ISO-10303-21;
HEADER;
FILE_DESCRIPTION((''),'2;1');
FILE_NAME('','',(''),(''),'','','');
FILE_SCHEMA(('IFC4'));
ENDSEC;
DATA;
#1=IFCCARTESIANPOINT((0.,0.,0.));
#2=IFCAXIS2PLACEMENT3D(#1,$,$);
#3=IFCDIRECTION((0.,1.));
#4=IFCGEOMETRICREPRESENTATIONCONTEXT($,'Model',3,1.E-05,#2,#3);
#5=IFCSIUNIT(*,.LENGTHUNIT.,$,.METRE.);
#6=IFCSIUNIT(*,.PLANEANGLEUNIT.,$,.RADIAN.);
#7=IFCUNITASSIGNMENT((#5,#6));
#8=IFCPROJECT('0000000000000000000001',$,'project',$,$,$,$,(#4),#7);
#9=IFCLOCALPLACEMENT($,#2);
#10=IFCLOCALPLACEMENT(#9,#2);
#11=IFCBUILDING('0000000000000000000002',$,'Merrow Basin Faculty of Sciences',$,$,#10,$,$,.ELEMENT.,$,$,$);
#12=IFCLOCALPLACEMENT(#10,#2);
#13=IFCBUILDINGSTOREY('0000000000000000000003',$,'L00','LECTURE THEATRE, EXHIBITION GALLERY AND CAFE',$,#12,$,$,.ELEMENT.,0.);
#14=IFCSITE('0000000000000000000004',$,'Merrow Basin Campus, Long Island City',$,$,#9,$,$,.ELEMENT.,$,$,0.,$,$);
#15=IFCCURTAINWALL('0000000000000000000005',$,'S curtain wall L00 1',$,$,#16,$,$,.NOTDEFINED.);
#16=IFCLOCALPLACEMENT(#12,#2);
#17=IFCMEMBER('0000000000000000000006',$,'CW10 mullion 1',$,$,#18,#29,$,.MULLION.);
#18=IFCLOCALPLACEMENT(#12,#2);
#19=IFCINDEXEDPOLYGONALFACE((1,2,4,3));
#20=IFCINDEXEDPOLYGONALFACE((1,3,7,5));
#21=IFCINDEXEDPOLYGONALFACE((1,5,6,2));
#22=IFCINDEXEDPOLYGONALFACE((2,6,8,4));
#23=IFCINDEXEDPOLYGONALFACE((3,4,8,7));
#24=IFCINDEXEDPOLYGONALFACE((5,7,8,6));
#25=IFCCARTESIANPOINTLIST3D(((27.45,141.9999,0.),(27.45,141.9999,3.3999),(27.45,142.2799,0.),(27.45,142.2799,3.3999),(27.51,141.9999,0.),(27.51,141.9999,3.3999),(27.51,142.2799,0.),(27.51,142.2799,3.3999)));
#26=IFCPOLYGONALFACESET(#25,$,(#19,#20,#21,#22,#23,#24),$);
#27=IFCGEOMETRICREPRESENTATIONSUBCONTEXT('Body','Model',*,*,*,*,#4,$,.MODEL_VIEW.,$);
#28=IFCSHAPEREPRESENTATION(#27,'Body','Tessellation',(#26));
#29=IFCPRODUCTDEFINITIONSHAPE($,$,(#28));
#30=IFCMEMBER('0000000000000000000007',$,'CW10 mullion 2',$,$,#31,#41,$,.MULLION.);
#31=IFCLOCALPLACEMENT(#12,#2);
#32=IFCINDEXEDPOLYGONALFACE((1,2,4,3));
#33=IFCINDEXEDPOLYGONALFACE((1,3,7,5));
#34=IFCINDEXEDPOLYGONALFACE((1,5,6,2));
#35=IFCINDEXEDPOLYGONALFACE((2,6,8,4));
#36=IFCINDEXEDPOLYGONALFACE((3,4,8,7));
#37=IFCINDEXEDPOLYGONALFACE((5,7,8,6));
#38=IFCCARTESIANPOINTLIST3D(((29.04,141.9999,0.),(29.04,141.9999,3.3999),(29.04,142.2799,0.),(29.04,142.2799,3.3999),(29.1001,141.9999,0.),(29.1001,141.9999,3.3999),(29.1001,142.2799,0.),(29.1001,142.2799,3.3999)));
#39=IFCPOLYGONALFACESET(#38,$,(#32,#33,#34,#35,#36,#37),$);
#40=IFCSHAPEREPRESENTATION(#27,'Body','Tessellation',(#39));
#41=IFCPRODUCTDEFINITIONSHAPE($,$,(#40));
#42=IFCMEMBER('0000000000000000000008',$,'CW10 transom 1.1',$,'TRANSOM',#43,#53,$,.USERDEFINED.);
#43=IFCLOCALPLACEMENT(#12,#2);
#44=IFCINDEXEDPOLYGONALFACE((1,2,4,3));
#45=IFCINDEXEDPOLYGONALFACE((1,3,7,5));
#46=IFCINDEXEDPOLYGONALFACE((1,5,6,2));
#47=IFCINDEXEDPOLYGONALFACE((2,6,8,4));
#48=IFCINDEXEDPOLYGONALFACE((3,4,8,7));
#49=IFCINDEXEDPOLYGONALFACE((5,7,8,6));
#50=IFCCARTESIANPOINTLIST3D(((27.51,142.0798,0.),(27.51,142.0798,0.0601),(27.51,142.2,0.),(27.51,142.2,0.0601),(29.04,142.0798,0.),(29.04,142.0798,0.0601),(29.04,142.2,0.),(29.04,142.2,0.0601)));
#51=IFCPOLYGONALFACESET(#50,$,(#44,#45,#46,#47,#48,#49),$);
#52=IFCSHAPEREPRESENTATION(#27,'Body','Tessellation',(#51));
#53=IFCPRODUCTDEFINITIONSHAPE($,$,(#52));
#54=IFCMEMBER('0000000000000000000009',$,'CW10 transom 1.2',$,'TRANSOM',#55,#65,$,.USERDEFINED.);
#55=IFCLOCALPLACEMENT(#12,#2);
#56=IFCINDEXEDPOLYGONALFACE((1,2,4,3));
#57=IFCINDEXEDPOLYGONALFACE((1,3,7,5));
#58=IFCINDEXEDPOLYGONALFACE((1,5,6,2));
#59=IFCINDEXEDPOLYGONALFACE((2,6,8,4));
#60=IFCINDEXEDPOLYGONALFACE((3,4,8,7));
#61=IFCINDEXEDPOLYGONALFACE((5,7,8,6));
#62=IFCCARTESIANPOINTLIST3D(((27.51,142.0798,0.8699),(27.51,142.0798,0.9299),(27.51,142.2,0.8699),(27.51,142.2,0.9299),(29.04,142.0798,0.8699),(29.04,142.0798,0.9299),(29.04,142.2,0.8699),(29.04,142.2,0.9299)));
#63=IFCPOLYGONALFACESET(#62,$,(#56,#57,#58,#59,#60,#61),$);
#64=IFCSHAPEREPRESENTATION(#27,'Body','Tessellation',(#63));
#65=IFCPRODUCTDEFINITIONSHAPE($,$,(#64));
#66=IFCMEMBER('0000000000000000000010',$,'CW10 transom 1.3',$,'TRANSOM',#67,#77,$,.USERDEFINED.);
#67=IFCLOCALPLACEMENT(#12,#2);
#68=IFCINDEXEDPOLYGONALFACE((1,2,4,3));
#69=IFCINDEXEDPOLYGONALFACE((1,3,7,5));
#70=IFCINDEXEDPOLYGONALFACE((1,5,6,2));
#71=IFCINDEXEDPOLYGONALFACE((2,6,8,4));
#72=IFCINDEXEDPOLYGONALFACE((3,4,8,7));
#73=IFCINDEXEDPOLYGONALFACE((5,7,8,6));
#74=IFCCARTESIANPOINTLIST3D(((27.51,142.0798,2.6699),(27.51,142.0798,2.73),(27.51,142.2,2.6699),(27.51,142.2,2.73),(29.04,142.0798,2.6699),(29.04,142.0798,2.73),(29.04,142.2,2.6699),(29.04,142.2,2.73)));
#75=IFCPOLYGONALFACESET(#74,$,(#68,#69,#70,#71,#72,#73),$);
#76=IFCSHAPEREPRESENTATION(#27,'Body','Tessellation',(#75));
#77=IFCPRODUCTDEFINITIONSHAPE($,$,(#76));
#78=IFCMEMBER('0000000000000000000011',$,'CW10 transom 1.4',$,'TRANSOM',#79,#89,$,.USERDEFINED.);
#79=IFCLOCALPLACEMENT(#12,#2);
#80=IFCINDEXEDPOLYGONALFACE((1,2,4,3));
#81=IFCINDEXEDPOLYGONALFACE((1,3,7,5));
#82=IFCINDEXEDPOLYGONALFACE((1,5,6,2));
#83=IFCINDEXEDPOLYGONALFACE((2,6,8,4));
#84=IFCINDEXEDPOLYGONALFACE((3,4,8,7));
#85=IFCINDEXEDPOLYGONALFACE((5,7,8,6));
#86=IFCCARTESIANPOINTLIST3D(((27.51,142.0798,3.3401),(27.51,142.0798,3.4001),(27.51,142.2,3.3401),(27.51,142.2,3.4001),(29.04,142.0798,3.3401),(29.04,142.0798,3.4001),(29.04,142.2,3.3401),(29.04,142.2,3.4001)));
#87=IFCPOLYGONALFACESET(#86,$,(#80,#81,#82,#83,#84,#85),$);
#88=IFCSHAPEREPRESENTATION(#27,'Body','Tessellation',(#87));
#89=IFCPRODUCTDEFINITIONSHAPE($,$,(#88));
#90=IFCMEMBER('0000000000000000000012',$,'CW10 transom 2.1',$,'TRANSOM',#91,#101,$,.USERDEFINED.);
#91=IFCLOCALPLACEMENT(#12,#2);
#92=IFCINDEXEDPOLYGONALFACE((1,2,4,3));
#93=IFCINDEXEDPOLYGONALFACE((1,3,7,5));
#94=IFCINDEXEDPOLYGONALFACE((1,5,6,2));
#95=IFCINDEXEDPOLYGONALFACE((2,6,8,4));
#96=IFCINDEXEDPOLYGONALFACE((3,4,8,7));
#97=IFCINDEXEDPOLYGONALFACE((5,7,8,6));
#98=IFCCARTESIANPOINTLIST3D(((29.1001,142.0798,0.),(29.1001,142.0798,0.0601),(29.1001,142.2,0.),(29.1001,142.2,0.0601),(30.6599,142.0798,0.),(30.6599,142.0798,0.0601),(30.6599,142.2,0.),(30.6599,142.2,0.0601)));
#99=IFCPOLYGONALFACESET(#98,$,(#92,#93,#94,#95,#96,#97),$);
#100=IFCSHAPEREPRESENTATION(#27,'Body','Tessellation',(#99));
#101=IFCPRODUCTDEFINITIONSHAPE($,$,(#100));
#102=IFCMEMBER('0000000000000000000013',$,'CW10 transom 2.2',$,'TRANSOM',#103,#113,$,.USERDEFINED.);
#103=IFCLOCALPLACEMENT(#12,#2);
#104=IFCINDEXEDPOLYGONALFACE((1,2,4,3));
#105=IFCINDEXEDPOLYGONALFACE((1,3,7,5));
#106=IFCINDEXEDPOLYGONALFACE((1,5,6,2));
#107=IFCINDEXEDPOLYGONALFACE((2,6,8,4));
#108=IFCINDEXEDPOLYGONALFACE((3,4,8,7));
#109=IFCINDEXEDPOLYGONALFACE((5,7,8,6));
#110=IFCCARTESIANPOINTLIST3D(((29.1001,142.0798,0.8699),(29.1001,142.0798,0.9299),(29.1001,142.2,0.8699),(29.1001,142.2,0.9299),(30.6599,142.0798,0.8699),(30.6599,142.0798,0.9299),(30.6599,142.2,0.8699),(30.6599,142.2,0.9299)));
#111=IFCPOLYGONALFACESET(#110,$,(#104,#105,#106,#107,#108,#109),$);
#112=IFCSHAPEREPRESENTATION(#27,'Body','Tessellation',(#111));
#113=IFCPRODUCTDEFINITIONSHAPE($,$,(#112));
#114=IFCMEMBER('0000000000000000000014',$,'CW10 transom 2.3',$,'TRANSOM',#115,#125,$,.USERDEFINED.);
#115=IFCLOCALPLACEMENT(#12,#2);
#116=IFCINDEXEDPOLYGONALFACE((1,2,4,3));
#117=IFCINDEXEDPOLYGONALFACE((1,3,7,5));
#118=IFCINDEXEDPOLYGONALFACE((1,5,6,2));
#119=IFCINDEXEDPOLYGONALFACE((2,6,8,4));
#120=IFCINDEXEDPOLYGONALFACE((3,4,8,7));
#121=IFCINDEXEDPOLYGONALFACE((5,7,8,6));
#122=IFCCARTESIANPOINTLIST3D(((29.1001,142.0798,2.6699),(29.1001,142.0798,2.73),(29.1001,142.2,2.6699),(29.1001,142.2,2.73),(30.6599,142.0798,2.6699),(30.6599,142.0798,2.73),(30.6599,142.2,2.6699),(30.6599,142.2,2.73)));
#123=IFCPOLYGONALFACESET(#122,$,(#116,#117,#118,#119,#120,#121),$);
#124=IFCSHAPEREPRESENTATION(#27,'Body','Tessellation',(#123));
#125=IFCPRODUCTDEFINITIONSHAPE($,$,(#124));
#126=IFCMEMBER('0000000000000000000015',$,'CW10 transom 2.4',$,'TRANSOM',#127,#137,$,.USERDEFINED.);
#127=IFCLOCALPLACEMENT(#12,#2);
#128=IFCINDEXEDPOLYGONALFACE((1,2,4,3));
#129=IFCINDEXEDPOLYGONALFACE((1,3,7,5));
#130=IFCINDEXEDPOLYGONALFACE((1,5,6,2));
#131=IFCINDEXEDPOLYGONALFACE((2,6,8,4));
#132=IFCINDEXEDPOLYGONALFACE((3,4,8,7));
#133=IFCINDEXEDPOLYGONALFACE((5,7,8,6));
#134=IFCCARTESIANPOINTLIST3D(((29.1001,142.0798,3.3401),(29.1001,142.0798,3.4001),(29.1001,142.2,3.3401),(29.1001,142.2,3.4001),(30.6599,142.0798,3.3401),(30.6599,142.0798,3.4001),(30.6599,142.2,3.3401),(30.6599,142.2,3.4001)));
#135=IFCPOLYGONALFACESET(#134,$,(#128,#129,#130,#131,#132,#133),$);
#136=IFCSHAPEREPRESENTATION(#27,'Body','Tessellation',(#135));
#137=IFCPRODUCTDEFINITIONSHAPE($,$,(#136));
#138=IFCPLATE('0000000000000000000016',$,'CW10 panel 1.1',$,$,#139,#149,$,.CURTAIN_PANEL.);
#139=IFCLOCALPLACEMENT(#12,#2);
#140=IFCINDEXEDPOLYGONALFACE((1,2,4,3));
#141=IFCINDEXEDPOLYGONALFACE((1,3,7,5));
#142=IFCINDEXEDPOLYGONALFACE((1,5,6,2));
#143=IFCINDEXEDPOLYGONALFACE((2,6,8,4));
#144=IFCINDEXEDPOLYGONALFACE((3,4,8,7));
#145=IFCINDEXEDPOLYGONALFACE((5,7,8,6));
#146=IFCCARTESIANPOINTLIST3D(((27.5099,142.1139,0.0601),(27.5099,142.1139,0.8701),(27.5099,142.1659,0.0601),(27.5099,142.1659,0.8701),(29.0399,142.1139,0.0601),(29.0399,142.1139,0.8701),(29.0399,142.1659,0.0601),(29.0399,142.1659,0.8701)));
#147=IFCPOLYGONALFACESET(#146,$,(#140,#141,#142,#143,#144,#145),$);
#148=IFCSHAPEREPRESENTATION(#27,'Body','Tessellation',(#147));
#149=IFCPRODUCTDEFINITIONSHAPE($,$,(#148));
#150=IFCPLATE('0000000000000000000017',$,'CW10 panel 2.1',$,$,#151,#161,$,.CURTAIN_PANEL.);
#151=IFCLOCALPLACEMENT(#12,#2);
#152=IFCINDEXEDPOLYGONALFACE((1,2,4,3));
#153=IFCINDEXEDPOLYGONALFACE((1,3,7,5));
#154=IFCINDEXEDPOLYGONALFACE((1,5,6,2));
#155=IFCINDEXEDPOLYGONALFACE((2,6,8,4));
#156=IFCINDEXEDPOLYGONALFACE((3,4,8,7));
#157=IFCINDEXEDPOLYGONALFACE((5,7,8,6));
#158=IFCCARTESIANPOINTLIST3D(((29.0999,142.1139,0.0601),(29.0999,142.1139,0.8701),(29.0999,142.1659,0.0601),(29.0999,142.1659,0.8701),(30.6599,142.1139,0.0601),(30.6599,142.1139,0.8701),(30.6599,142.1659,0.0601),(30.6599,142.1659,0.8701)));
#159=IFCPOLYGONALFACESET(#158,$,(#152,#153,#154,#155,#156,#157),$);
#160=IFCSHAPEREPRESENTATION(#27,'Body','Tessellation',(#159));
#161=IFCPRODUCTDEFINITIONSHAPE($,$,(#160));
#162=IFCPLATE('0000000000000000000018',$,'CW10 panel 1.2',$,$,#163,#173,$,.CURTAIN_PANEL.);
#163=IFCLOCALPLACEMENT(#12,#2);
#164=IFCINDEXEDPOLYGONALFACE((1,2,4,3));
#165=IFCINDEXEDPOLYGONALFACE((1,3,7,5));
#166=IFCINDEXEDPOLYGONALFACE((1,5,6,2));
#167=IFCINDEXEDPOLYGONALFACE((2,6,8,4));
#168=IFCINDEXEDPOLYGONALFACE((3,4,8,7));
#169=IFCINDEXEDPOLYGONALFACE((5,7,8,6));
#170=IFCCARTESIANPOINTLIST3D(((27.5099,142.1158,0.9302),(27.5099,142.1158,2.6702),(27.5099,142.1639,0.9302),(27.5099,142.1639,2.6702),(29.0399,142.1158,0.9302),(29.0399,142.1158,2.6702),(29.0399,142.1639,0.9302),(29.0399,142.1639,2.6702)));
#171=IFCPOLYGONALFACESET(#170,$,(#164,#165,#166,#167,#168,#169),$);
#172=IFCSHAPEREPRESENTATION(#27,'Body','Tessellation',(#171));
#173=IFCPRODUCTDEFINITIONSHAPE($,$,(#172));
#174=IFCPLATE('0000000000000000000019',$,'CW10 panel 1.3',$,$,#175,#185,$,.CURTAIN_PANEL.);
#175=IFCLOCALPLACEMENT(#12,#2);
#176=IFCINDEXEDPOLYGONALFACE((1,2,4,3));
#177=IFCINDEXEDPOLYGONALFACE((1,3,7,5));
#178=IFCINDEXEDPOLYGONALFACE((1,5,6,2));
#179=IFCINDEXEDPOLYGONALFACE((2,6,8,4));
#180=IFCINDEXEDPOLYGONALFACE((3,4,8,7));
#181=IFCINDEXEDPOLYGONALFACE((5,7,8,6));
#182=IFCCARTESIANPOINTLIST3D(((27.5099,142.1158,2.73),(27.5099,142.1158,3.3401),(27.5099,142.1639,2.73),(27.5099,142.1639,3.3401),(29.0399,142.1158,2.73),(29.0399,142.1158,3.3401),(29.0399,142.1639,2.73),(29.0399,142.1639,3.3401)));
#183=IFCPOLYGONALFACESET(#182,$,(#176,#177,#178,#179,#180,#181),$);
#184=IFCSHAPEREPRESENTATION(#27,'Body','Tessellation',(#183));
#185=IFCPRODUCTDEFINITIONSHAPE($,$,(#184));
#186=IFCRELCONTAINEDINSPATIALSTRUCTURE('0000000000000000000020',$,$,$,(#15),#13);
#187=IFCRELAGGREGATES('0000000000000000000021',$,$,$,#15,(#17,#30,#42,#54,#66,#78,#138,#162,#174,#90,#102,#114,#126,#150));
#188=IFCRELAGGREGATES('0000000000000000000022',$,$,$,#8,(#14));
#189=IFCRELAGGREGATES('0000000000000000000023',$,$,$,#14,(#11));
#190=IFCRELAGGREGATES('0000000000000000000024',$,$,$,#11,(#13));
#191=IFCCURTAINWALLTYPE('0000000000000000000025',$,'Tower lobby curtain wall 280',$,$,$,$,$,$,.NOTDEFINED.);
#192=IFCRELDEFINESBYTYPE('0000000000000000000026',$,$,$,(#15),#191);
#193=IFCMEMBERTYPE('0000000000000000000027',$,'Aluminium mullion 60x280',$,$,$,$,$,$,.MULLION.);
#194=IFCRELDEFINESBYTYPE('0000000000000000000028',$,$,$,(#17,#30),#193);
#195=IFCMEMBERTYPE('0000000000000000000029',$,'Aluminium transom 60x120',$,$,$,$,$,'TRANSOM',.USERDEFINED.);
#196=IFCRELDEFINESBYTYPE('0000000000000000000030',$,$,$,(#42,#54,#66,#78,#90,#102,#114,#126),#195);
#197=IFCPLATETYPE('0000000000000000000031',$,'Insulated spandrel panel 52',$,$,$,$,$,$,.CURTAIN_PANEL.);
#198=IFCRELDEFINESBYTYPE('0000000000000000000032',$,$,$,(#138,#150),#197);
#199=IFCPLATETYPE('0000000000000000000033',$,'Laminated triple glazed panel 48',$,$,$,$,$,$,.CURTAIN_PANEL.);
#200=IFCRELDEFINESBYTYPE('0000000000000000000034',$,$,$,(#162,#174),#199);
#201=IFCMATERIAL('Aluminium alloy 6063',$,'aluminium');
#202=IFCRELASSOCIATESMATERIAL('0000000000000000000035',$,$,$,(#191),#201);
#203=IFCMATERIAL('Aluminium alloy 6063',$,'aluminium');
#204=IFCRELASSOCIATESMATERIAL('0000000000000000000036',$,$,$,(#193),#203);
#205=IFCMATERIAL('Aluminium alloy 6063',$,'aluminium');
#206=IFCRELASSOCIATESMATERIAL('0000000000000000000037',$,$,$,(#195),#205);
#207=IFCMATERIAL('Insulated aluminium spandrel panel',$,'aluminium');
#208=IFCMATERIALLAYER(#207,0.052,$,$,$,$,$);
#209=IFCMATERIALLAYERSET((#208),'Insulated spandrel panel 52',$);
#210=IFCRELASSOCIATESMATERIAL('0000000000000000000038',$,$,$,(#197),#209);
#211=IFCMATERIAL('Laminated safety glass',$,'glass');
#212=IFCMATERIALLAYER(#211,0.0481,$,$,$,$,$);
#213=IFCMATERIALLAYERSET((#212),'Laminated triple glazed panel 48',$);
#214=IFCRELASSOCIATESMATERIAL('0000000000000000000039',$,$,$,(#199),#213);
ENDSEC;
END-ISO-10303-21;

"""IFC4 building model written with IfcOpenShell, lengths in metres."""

from ifc_helpers import new_model, si_unit, direction, frame, origin, origin_2d, place, context, subcontext, project, spatial, rectangle, extrude, material, layer, layer_set, material_profile, profile_set, type_object, element, aggregate, save


model = new_model("IFC4")

# Units and contexts
model_context = context("Model", 3, precision=1e-05, world=origin(), true_north=direction((0.0, 1.0)))
body_context = subcontext(model_context, "Body", "Model", "MODEL_VIEW")
ifc_project = project(units=[si_unit("LENGTHUNIT", "METRE"), si_unit("PLANEANGLEUNIT", "RADIAN")], contexts=[model_context])

# Site, building, storey
site_placement = place(None, origin())
site = spatial("IfcSite", under=ifc_project, at=site_placement, Name="Merrow Basin Campus, Long Island City", CompositionType="ELEMENT", RefElevation=0.0)
building_placement = place(site_placement, origin())
building = spatial("IfcBuilding", under=site, at=building_placement, Name="Merrow Basin Faculty of Sciences", CompositionType="ELEMENT")
storey_placement = place(building_placement, origin())
storey = spatial("IfcBuildingStorey", under=building, at=storey_placement, Name="L00", Description="LECTURE THEATRE, EXHIBITION GALLERY AND CAFE", CompositionType="ELEMENT", Elevation=0.0)

# Curtain wall, members, plates
ifc_material_1 = material(Name="Aluminium alloy 6063", Category="aluminium")
curtain_wall_type = type_object("IfcCurtainWallType", Name="Tower lobby curtain wall 280", PredefinedType="NOTDEFINED", material=ifc_material_1)
curtain_wall_placement = place(storey_placement, origin())
curtain_wall = element("IfcCurtainWall", 1, at=curtain_wall_placement, inside=storey, type_object=curtain_wall_type, Name="S curtain wall L00 1", PredefinedType="NOTDEFINED")
ifc_material_2 = material(Name="Aluminium alloy 6063", Category="aluminium")
ifc_material_profile_1 = material_profile(ifc_material_2, rectangle(XDim=0.28, YDim=0.0601, at=origin_2d()))
ifc_profile_set_1 = profile_set([ifc_material_profile_1], Name="Aluminium alloy 6063")
member_type_1 = type_object("IfcMemberType", Name="Aluminium mullion 60x280", PredefinedType="MULLION", material=ifc_profile_set_1)
member_1_placement = place(storey_placement, frame((27.48, 142.1399, 0.0), z_axis=(0.0, 0.0, 1.0), x_axis=(0.0, 1.0, 0.0)))
member_1 = element("IfcMember", 2, at=member_1_placement, type_object=member_type_1, Name="CW10 mullion 1", PredefinedType="MULLION", context=body_context, shape_type="SweptSolid", body=[
    extrude(rectangle(XDim=0.28, YDim=0.0601, at=origin_2d()), origin(), (0.0, 0.0, 1.0), 3.3999),
])
member_2_placement = place(storey_placement, frame((29.0701, 142.1399, 0.0), z_axis=(0.0, 0.0, 1.0), x_axis=(0.0, 1.0, 0.0)))
member_2 = element("IfcMember", 3, at=member_2_placement, type_object=member_type_1, Name="CW10 mullion 2", PredefinedType="MULLION", context=body_context, shape_type="SweptSolid", body=[
    extrude(rectangle(XDim=0.28, YDim=0.0601, at=origin_2d()), origin(), (0.0, 0.0, 1.0), 3.3999),
])
ifc_material_3 = material(Name="Aluminium alloy 6063", Category="aluminium")
ifc_material_profile_2 = material_profile(ifc_material_3, rectangle(XDim=0.1201, YDim=0.0601, at=origin_2d()))
ifc_profile_set_2 = profile_set([ifc_material_profile_2], Name="Aluminium alloy 6063")
member_type_2 = type_object("IfcMemberType", Name="Aluminium transom 60x120", ElementType="TRANSOM", PredefinedType="USERDEFINED", material=ifc_profile_set_2)
member_3_placement = place(storey_placement, frame((27.51, 142.1399, 0.03), z_axis=(1.0, 0.0, 0.0), x_axis=(0.0, 1.0, 0.0)))
member_3 = element("IfcMember", 4, at=member_3_placement, type_object=member_type_2, Name="CW10 transom 1.1", ObjectType="TRANSOM", PredefinedType="USERDEFINED", context=body_context, shape_type="SweptSolid", body=[
    extrude(rectangle(XDim=0.1201, YDim=0.0601, at=origin_2d()), origin(), (0.0, 0.0, 1.0), 1.53),
])
member_4_placement = place(storey_placement, frame((27.51, 142.1399, 0.8999), z_axis=(1.0, 0.0, 0.0), x_axis=(0.0, 1.0, 0.0)))
member_4 = element("IfcMember", 5, at=member_4_placement, type_object=member_type_2, Name="CW10 transom 1.2", ObjectType="TRANSOM", PredefinedType="USERDEFINED", context=body_context, shape_type="SweptSolid", body=[
    extrude(rectangle(XDim=0.1201, YDim=0.0601, at=origin_2d()), origin(), (0.0, 0.0, 1.0), 1.53),
])
member_5_placement = place(storey_placement, frame((27.51, 142.1399, 2.7), z_axis=(1.0, 0.0, 0.0), x_axis=(0.0, 1.0, 0.0)))
member_5 = element("IfcMember", 6, at=member_5_placement, type_object=member_type_2, Name="CW10 transom 1.3", ObjectType="TRANSOM", PredefinedType="USERDEFINED", context=body_context, shape_type="SweptSolid", body=[
    extrude(rectangle(XDim=0.1201, YDim=0.0601, at=origin_2d()), origin(), (0.0, 0.0, 1.0), 1.53),
])
member_6_placement = place(storey_placement, frame((27.51, 142.1399, 3.3701), z_axis=(1.0, 0.0, 0.0), x_axis=(0.0, 1.0, 0.0)))
member_6 = element("IfcMember", 7, at=member_6_placement, type_object=member_type_2, Name="CW10 transom 1.4", ObjectType="TRANSOM", PredefinedType="USERDEFINED", context=body_context, shape_type="SweptSolid", body=[
    extrude(rectangle(XDim=0.1201, YDim=0.0601, at=origin_2d()), origin(), (0.0, 0.0, 1.0), 1.53),
])
member_7_placement = place(storey_placement, frame((29.1001, 142.1399, 0.03), z_axis=(1.0, 0.0, 0.0), x_axis=(0.0, 1.0, 0.0)))
member_7 = element("IfcMember", 8, at=member_7_placement, type_object=member_type_2, Name="CW10 transom 2.1", ObjectType="TRANSOM", PredefinedType="USERDEFINED", context=body_context, shape_type="SweptSolid", body=[
    extrude(rectangle(XDim=0.1201, YDim=0.0601, at=origin_2d()), origin(), (0.0, 0.0, 1.0), 1.5598),
])
member_8_placement = place(storey_placement, frame((29.1001, 142.1399, 0.8999), z_axis=(1.0, 0.0, 0.0), x_axis=(0.0, 1.0, 0.0)))
member_8 = element("IfcMember", 9, at=member_8_placement, type_object=member_type_2, Name="CW10 transom 2.2", ObjectType="TRANSOM", PredefinedType="USERDEFINED", context=body_context, shape_type="SweptSolid", body=[
    extrude(rectangle(XDim=0.1201, YDim=0.0601, at=origin_2d()), origin(), (0.0, 0.0, 1.0), 1.5598),
])
member_9_placement = place(storey_placement, frame((29.1001, 142.1399, 2.7), z_axis=(1.0, 0.0, 0.0), x_axis=(0.0, 1.0, 0.0)))
member_9 = element("IfcMember", 10, at=member_9_placement, type_object=member_type_2, Name="CW10 transom 2.3", ObjectType="TRANSOM", PredefinedType="USERDEFINED", context=body_context, shape_type="SweptSolid", body=[
    extrude(rectangle(XDim=0.1201, YDim=0.0601, at=origin_2d()), origin(), (0.0, 0.0, 1.0), 1.5598),
])
member_10_placement = place(storey_placement, frame((29.1001, 142.1399, 3.3701), z_axis=(1.0, 0.0, 0.0), x_axis=(0.0, 1.0, 0.0)))
member_10 = element("IfcMember", 11, at=member_10_placement, type_object=member_type_2, Name="CW10 transom 2.4", ObjectType="TRANSOM", PredefinedType="USERDEFINED", context=body_context, shape_type="SweptSolid", body=[
    extrude(rectangle(XDim=0.1201, YDim=0.0601, at=origin_2d()), origin(), (0.0, 0.0, 1.0), 1.5598),
])
ifc_material_4 = material(Name="Insulated aluminium spandrel panel", Category="aluminium")
ifc_layer_1 = layer(ifc_material_4, 0.052)
ifc_layer_set_1 = layer_set([ifc_layer_1], Name="Insulated spandrel panel 52")
plate_type_1 = type_object("IfcPlateType", Name="Insulated spandrel panel 52", PredefinedType="CURTAIN_PANEL", material=ifc_layer_set_1)
plate_1_placement = place(storey_placement, frame((28.2749, 142.1399, 0.0601), z_axis=(0.0, 0.0, 1.0), x_axis=(1.0, 0.0, 0.0)))
plate_1 = element("IfcPlate", 12, at=plate_1_placement, type_object=plate_type_1, Name="CW10 panel 1.1", PredefinedType="CURTAIN_PANEL", context=body_context, shape_type="SweptSolid", body=[
    extrude(rectangle(XDim=1.53, YDim=0.052, at=origin_2d()), origin(), (0.0, 0.0, 1.0), 0.8101),
])
plate_2_placement = place(storey_placement, frame((29.8799, 142.1399, 0.0601), z_axis=(0.0, 0.0, 1.0), x_axis=(1.0, 0.0, 0.0)))
plate_2 = element("IfcPlate", 13, at=plate_2_placement, type_object=plate_type_1, Name="CW10 panel 2.1", PredefinedType="CURTAIN_PANEL", context=body_context, shape_type="SweptSolid", body=[
    extrude(rectangle(XDim=1.5601, YDim=0.052, at=origin_2d()), origin(), (0.0, 0.0, 1.0), 0.8101),
])
ifc_material_5 = material(Name="Laminated safety glass", Category="glass")
ifc_layer_2 = layer(ifc_material_5, 0.0481)
ifc_layer_set_2 = layer_set([ifc_layer_2], Name="Laminated triple glazed panel 48")
plate_type_2 = type_object("IfcPlateType", Name="Laminated triple glazed panel 48", PredefinedType="CURTAIN_PANEL", material=ifc_layer_set_2)
plate_3_placement = place(storey_placement, frame((28.2749, 142.1399, 0.9302), z_axis=(0.0, 0.0, 1.0), x_axis=(1.0, 0.0, 0.0)))
plate_3 = element("IfcPlate", 14, at=plate_3_placement, type_object=plate_type_2, Name="CW10 panel 1.2", PredefinedType="CURTAIN_PANEL", context=body_context, shape_type="SweptSolid", body=[
    extrude(rectangle(XDim=1.53, YDim=0.0481, at=origin_2d()), origin(), (0.0, 0.0, 1.0), 1.74),
])
plate_4_placement = place(storey_placement, frame((28.2749, 142.1399, 2.73), z_axis=(0.0, 0.0, 1.0), x_axis=(1.0, 0.0, 0.0)))
plate_4 = element("IfcPlate", 15, at=plate_4_placement, type_object=plate_type_2, Name="CW10 panel 1.3", PredefinedType="CURTAIN_PANEL", context=body_context, shape_type="SweptSolid", body=[
    extrude(rectangle(XDim=1.53, YDim=0.0481, at=origin_2d()), origin(), (0.0, 0.0, 1.0), 0.6101),
])
aggregate(curtain_wall, [member_1, member_2, member_3, member_4, member_5, member_6, plate_1, plate_3, plate_4, member_7, member_8, member_9, member_10, plate_2])

save(model, "model.ifc")
